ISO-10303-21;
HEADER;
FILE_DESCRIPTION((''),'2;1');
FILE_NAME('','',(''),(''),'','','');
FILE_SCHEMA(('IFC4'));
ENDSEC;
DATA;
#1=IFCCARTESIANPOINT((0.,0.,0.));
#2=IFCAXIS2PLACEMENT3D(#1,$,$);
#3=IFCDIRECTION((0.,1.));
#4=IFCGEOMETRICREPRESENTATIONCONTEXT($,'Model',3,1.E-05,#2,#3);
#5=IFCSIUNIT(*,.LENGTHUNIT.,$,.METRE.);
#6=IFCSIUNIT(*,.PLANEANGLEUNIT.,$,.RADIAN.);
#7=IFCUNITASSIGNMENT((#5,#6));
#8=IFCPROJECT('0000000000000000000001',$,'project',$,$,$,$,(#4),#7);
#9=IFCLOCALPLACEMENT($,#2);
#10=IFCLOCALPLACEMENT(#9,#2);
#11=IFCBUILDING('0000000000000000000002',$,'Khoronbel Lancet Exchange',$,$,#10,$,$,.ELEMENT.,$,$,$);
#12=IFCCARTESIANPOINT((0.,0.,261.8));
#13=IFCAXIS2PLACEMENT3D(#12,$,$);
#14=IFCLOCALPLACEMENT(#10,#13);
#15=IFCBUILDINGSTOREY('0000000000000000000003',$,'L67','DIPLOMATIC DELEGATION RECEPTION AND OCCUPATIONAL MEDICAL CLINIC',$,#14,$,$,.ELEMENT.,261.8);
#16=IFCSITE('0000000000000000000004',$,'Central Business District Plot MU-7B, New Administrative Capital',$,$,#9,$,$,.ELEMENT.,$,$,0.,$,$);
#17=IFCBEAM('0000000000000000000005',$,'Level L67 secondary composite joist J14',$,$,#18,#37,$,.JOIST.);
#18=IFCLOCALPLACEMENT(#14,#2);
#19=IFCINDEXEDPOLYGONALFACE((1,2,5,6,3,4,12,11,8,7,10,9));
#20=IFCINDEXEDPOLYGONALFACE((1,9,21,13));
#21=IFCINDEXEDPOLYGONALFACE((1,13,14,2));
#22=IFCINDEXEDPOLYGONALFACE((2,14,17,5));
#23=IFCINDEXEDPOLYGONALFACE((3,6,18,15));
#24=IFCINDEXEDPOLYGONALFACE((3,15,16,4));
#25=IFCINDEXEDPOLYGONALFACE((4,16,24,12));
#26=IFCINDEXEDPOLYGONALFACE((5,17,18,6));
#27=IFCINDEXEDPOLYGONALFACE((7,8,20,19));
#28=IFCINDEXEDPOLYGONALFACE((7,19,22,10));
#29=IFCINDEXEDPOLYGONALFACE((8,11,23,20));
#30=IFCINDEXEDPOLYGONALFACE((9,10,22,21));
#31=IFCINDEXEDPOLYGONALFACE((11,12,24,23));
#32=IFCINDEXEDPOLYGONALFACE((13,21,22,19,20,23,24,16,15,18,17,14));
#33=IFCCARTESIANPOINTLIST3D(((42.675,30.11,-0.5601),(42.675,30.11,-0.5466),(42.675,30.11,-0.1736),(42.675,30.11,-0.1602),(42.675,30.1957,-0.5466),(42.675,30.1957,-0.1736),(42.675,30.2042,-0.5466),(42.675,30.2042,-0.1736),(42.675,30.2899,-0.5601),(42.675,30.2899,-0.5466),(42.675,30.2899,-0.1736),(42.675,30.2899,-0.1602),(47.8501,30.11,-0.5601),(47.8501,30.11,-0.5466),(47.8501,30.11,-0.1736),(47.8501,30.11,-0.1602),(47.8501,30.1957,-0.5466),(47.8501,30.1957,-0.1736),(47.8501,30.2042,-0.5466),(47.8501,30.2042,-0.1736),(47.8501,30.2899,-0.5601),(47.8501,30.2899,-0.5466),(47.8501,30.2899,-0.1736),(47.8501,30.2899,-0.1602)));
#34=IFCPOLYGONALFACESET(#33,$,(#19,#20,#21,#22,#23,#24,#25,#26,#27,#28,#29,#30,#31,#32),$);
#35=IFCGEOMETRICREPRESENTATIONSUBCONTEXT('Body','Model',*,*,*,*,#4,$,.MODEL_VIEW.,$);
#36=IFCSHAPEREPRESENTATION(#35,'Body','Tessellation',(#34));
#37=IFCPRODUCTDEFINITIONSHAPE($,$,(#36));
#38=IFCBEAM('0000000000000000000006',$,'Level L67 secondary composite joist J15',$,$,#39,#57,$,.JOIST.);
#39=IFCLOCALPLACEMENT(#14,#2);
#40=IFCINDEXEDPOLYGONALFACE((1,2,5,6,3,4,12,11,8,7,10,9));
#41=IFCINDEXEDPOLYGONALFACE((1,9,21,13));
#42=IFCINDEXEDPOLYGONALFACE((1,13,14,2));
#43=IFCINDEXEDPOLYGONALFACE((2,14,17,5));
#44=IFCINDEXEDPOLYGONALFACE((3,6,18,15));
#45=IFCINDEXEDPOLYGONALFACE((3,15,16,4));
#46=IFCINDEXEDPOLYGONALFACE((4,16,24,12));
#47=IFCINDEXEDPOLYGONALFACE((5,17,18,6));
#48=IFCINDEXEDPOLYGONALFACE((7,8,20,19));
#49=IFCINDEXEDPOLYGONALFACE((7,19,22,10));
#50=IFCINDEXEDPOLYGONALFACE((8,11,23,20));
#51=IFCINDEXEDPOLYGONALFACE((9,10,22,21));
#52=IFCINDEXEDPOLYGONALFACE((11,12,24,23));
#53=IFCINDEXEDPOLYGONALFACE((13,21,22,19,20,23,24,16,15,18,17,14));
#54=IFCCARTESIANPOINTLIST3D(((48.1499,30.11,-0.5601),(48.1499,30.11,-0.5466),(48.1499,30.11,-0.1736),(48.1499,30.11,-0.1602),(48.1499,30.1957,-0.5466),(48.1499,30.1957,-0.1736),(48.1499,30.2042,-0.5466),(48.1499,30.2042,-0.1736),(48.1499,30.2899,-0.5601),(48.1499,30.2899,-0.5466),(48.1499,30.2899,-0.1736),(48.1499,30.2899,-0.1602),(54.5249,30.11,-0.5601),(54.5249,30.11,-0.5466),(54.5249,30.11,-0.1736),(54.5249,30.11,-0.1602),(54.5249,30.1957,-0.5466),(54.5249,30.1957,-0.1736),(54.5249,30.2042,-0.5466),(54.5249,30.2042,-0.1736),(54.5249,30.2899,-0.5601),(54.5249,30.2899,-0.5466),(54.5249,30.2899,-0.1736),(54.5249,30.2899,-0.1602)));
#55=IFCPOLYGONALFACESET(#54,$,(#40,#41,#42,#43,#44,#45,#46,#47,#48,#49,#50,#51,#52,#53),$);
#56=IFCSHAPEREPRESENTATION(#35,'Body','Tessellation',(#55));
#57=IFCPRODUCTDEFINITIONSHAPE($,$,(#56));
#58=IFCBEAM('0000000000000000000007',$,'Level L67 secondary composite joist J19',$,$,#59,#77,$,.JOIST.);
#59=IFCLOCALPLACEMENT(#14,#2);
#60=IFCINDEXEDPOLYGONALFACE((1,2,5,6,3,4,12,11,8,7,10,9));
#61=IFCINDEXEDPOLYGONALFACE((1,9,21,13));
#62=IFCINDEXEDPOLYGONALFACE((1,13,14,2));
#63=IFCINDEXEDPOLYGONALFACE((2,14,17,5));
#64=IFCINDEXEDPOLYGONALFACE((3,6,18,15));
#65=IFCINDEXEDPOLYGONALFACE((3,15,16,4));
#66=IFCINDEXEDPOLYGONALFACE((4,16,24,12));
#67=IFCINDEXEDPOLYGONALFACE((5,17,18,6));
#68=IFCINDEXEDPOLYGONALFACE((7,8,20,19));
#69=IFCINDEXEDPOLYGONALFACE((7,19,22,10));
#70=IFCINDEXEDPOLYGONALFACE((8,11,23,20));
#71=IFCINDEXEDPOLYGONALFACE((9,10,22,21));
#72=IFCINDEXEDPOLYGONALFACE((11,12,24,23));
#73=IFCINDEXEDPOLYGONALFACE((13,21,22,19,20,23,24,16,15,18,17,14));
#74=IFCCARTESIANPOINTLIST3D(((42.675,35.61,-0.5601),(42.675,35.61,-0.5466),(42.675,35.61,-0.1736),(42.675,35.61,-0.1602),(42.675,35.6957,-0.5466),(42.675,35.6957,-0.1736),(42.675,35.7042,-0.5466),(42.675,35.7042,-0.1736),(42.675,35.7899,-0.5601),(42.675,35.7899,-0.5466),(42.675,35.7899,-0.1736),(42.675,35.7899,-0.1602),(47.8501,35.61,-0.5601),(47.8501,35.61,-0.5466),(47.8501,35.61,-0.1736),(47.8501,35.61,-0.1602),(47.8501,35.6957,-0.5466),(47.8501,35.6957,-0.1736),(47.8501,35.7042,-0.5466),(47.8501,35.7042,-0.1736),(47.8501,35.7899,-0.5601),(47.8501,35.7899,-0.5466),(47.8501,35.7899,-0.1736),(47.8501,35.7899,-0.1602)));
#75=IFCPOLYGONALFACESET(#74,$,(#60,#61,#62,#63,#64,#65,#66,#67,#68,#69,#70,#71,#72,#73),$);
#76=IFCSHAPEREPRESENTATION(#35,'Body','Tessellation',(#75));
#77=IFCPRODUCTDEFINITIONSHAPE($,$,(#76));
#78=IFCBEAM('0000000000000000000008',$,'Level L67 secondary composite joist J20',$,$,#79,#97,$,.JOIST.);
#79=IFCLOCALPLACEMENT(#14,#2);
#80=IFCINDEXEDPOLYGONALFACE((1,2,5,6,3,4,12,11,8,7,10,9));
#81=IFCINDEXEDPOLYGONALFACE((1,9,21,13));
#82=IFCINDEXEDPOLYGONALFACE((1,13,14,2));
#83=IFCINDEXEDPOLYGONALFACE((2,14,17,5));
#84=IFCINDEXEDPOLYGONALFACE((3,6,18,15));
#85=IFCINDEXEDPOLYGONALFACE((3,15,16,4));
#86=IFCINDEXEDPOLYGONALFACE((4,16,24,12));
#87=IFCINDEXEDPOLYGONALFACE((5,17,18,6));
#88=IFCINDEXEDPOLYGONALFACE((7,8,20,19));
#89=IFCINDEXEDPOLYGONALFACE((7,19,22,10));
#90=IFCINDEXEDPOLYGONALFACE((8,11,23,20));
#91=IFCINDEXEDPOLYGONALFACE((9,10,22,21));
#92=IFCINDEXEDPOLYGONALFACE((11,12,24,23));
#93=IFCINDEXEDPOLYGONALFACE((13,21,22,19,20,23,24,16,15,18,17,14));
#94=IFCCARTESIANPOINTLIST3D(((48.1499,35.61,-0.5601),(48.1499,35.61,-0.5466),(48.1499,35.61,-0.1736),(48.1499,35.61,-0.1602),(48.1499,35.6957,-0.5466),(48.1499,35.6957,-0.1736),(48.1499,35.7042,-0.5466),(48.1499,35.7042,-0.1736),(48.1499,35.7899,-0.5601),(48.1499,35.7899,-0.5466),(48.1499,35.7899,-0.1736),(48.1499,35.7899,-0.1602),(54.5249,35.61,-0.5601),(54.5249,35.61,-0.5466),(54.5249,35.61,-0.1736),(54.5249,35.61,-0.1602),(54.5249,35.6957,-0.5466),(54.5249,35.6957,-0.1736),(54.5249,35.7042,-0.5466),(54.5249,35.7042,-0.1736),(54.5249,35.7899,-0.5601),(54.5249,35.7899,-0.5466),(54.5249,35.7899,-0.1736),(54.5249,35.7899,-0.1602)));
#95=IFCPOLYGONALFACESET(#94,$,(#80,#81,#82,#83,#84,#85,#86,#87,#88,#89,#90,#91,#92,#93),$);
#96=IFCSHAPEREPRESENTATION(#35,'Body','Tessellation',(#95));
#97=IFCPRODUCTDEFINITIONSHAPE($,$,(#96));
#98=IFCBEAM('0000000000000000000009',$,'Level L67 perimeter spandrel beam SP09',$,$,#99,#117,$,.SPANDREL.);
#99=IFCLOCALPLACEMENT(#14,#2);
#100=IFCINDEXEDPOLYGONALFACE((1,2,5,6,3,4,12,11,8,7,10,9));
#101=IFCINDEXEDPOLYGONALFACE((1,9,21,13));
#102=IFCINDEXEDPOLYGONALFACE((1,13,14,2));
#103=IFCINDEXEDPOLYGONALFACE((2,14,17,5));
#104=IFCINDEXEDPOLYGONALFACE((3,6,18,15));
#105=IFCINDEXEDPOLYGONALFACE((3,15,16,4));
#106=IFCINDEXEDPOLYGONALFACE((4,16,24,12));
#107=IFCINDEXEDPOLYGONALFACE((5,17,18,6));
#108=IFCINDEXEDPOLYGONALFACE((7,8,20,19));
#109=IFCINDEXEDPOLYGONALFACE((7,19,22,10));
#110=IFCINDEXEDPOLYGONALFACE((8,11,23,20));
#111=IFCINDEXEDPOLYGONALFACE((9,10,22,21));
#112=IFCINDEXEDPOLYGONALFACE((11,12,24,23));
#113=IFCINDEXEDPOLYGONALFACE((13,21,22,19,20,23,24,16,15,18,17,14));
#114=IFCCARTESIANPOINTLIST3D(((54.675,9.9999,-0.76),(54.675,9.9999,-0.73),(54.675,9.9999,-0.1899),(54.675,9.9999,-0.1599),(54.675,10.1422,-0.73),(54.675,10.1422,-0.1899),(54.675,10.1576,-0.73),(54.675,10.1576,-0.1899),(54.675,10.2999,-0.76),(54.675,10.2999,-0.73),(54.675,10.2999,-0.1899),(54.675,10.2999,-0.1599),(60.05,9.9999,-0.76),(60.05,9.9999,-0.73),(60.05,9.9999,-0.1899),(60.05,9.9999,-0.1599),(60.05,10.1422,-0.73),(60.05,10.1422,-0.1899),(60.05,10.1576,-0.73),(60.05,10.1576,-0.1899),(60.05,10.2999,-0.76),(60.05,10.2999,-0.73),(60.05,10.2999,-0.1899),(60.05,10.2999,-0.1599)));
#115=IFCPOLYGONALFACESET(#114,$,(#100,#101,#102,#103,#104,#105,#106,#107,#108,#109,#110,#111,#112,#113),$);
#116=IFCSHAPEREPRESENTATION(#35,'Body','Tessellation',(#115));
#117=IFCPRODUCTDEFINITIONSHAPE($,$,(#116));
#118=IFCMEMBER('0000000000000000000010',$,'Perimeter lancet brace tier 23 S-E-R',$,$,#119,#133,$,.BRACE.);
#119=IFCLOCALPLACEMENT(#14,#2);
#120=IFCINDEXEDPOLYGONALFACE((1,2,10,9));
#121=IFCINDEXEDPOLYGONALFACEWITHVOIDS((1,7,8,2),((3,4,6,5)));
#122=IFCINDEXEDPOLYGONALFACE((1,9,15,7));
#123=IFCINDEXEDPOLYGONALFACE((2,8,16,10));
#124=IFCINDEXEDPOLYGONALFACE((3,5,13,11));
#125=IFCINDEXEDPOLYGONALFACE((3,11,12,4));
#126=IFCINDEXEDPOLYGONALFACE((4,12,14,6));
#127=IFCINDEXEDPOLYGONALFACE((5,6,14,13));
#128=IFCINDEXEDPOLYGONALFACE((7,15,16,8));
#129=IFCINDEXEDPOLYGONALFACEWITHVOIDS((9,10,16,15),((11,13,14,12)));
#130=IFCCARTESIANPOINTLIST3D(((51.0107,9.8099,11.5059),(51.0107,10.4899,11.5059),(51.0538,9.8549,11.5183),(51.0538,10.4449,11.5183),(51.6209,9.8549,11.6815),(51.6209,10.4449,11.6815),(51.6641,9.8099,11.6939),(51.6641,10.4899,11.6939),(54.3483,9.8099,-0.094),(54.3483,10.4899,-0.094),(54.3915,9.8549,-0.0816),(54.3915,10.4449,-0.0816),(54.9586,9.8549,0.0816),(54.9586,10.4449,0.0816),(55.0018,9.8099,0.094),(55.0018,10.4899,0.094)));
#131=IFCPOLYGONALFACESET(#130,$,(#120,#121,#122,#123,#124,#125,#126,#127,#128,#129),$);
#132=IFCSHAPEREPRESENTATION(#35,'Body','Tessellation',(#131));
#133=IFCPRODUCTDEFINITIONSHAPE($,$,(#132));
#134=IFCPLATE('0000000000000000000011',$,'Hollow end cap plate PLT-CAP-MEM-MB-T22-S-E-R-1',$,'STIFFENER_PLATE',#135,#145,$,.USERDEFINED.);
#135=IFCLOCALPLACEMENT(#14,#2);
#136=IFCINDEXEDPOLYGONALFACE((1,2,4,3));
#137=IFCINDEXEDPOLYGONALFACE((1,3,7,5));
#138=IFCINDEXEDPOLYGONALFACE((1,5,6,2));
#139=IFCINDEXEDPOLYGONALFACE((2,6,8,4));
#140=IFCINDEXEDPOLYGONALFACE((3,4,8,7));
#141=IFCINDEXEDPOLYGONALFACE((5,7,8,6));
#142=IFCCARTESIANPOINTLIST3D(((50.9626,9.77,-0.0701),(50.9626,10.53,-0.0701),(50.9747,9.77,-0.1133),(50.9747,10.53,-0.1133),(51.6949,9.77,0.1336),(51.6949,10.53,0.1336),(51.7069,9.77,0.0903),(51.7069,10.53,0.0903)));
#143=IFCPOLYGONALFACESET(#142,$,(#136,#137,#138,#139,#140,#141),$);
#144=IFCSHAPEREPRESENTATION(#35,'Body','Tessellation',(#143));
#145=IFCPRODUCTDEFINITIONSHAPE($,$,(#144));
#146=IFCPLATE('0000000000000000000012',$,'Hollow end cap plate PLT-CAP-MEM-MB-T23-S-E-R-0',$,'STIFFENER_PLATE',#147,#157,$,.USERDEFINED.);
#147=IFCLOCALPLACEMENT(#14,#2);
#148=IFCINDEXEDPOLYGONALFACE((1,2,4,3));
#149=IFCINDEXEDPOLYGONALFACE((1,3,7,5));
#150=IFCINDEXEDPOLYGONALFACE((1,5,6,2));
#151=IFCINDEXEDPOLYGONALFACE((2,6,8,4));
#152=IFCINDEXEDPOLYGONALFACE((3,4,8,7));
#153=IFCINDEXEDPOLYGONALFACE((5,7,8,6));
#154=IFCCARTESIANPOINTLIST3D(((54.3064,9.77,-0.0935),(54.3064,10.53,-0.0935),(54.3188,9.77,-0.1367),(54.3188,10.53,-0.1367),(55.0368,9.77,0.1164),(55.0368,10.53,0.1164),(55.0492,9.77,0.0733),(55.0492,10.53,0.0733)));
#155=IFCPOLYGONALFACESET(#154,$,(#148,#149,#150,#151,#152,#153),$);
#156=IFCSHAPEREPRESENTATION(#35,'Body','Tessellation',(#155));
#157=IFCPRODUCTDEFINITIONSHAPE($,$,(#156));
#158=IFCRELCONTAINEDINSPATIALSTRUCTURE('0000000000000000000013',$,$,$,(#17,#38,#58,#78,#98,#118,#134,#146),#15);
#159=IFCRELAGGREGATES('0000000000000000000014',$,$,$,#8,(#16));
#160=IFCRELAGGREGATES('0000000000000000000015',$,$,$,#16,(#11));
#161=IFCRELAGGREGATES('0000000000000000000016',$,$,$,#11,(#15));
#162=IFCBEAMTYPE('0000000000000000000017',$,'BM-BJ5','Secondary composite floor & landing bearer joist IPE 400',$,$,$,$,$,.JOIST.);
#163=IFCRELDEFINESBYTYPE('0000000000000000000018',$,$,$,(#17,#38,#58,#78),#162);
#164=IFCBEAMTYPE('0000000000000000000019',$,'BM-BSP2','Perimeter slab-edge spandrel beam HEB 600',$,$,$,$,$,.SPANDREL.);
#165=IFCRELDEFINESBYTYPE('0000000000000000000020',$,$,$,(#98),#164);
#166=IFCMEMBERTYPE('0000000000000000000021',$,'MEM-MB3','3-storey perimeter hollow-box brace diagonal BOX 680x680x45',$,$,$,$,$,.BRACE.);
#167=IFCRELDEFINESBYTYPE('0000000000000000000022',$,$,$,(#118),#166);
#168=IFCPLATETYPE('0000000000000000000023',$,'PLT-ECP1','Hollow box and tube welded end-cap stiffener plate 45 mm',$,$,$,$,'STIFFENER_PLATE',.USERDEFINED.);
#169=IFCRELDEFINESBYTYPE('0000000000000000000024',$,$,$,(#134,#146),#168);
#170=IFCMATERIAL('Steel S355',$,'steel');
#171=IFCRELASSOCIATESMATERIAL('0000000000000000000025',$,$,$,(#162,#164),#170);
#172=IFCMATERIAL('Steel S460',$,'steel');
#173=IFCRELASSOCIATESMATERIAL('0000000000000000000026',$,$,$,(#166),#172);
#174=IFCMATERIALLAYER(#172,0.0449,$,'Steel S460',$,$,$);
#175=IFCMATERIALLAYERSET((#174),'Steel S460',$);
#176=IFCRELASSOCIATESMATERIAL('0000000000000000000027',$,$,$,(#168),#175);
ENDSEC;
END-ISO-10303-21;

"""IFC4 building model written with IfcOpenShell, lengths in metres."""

from ifc_helpers import new_model, si_unit, direction, frame, origin, origin_2d, place, context, subcontext, project, spatial, polyline, hollow_rectangle, i_section, outline, extrude, material, layer, layer_set, material_profile, profile_set, type_object, element, save


model = new_model("IFC4")

# Units and contexts
model_context = context("Model", 3, precision=1e-05, world=origin(), true_north=direction((0.0, 1.0)))
body_context = subcontext(model_context, "Body", "Model", "MODEL_VIEW")
ifc_project = project(units=[si_unit("LENGTHUNIT", "METRE"), si_unit("PLANEANGLEUNIT", "RADIAN")], contexts=[model_context])

# Site, building, storey
site_placement = place(None, origin())
site = spatial("IfcSite", under=ifc_project, at=site_placement, Name="Central Business District Plot MU-7B, New Administrative Capital", CompositionType="ELEMENT", RefElevation=0.0)
building_placement = place(site_placement, origin())
building = spatial("IfcBuilding", under=site, at=building_placement, Name="Khoronbel Lancet Exchange", CompositionType="ELEMENT")
storey_placement = place(building_placement, frame((0.0, 0.0, 261.8)))
storey = spatial("IfcBuildingStorey", under=building, at=storey_placement, Name="L67", Description="DIPLOMATIC DELEGATION RECEPTION AND OCCUPATIONAL MEDICAL CLINIC", CompositionType="ELEMENT", Elevation=261.8)

# Shared definitions
ifc_material_1 = material(Name="Steel S355", Category="steel")

# Beams
ifc_material_profile_1 = material_profile(ifc_material_1, i_section(OverallWidth=0.1799, OverallDepth=0.3999, WebThickness=0.0085, FlangeThickness=0.0134, at=origin_2d()), Name="IPE 400")
ifc_profile_set_1 = profile_set([ifc_material_profile_1], Name="Steel S355")
beam_type_1 = type_object("IfcBeamType", Name="BM-BJ5", Description="Secondary composite floor & landing bearer joist IPE 400", PredefinedType="JOIST", material=ifc_profile_set_1)
beam_1_placement = place(storey_placement, frame((42.675, 30.2, -0.3601), z_axis=(1.0, 0.0, 0.0), x_axis=(0.0, 1.0, 0.0)))
element("IfcBeam", 1, at=beam_1_placement, inside=storey, type_object=beam_type_1, Name="Level L67 secondary composite joist J14", PredefinedType="JOIST", context=body_context, shape_type="SweptSolid", body=[
    extrude(i_section(OverallWidth=0.1799, OverallDepth=0.3999, WebThickness=0.0085, FlangeThickness=0.0134, at=origin_2d()), origin(), (0.0, 0.0, 1.0), 5.175),
])
beam_2_placement = place(storey_placement, frame((48.1499, 30.2, -0.3601), z_axis=(1.0, 0.0, 0.0), x_axis=(0.0, 1.0, 0.0)))
element("IfcBeam", 2, at=beam_2_placement, inside=storey, type_object=beam_type_1, Name="Level L67 secondary composite joist J15", PredefinedType="JOIST", context=body_context, shape_type="SweptSolid", body=[
    extrude(i_section(OverallWidth=0.1799, OverallDepth=0.3999, WebThickness=0.0085, FlangeThickness=0.0134, at=origin_2d()), origin(), (0.0, 0.0, 1.0), 6.375),
])
beam_3_placement = place(storey_placement, frame((42.675, 35.7, -0.3601), z_axis=(1.0, 0.0, 0.0), x_axis=(0.0, 1.0, 0.0)))
element("IfcBeam", 3, at=beam_3_placement, inside=storey, type_object=beam_type_1, Name="Level L67 secondary composite joist J19", PredefinedType="JOIST", context=body_context, shape_type="SweptSolid", body=[
    extrude(i_section(OverallWidth=0.1799, OverallDepth=0.3999, WebThickness=0.0085, FlangeThickness=0.0134, at=origin_2d()), origin(), (0.0, 0.0, 1.0), 5.175),
])
beam_4_placement = place(storey_placement, frame((48.1499, 35.7, -0.3601), z_axis=(1.0, 0.0, 0.0), x_axis=(0.0, 1.0, 0.0)))
element("IfcBeam", 4, at=beam_4_placement, inside=storey, type_object=beam_type_1, Name="Level L67 secondary composite joist J20", PredefinedType="JOIST", context=body_context, shape_type="SweptSolid", body=[
    extrude(i_section(OverallWidth=0.1799, OverallDepth=0.3999, WebThickness=0.0085, FlangeThickness=0.0134, at=origin_2d()), origin(), (0.0, 0.0, 1.0), 6.375),
])
ifc_material_profile_2 = material_profile(ifc_material_1, i_section(OverallWidth=0.3, OverallDepth=0.6001, WebThickness=0.0154, FlangeThickness=0.03, at=origin_2d()), Name="HEB 600")
ifc_profile_set_2 = profile_set([ifc_material_profile_2], Name="Steel S355")
beam_type_2 = type_object("IfcBeamType", Name="BM-BSP2", Description="Perimeter slab-edge spandrel beam HEB 600", PredefinedType="SPANDREL", material=ifc_profile_set_2)
beam_5_placement = place(storey_placement, frame((54.675, 10.1499, -0.46), z_axis=(1.0, 0.0, 0.0), x_axis=(0.0, 1.0, 0.0)))
element("IfcBeam", 5, at=beam_5_placement, inside=storey, type_object=beam_type_2, Name="Level L67 perimeter spandrel beam SP09", PredefinedType="SPANDREL", context=body_context, shape_type="SweptSolid", body=[
    extrude(i_section(OverallWidth=0.3, OverallDepth=0.6001, WebThickness=0.0154, FlangeThickness=0.03, at=origin_2d()), origin(), (0.0, 0.0, 1.0), 5.375),
])

# Member
ifc_material_2 = material(Name="Steel S460", Category="steel")
ifc_material_profile_3 = material_profile(ifc_material_2, hollow_rectangle(XDim=0.6799, YDim=0.6799, WallThickness=0.0449, at=origin_2d()), Name="BOX 680x680x45")
ifc_profile_set_3 = profile_set([ifc_material_profile_3], Name="Steel S460")
member_type = type_object("IfcMemberType", Name="MEM-MB3", Description="3-storey perimeter hollow-box brace diagonal BOX 680x680x45", PredefinedType="BRACE", material=ifc_profile_set_3)
member_placement = place(storey_placement, frame((54.675, 10.1499, 0.0), z_axis=(-0.276513, 0.0, 0.96101), x_axis=(0.0, -1.0, 0.0)))
element("IfcMember", 6, at=member_placement, inside=storey, type_object=member_type, Name="Perimeter lancet brace tier 23 S-E-R", PredefinedType="BRACE", context=body_context, shape_type="SweptSolid", body=[
    extrude(hollow_rectangle(XDim=0.6799, YDim=0.6799, WallThickness=0.0449, at=origin_2d()), origin(), (0.0, 0.0, 1.0), 12.0706),
])

# Plates
ifc_layer_1 = layer(ifc_material_2, 0.0449, Name="Steel S460")
ifc_layer_set_1 = layer_set([ifc_layer_1], Name="Steel S460")
plate_type = type_object("IfcPlateType", Name="PLT-ECP1", Description="Hollow box and tube welded end-cap stiffener plate 45 mm", ElementType="STIFFENER_PLATE", PredefinedType="USERDEFINED", material=ifc_layer_set_1)
for number, where, z_axis, x_axis, name in (
    (7, (50.9626, 10.53, -0.0701), (-0.267926, 0.0, 0.96344), (0.0, -1.0, 0.0), "Hollow end cap plate PLT-CAP-MEM-MB-T22-S-E-R-1"),
    (8, (54.3064, 10.53, -0.0935), (-0.276248, 0.0, 0.961086), (0.0, -1.0, 0.0), "Hollow end cap plate PLT-CAP-MEM-MB-T23-S-E-R-0"),
):
    element("IfcPlate", number, at=place(storey_placement, frame(where, z_axis=z_axis, x_axis=x_axis)), inside=storey, type_object=plate_type, Name=name, ObjectType="STIFFENER_PLATE", PredefinedType="USERDEFINED", context=body_context, shape_type="SweptSolid", body=[
        extrude(outline(polyline([(0.0, 0.0), (0.76, 0.0), (0.76, 0.76), (0.0, 0.76), (0.0, 0.0)])), origin(), (0.0, 0.0, -1.0), 0.0449),
    ])

save(model, "model.ifc")
